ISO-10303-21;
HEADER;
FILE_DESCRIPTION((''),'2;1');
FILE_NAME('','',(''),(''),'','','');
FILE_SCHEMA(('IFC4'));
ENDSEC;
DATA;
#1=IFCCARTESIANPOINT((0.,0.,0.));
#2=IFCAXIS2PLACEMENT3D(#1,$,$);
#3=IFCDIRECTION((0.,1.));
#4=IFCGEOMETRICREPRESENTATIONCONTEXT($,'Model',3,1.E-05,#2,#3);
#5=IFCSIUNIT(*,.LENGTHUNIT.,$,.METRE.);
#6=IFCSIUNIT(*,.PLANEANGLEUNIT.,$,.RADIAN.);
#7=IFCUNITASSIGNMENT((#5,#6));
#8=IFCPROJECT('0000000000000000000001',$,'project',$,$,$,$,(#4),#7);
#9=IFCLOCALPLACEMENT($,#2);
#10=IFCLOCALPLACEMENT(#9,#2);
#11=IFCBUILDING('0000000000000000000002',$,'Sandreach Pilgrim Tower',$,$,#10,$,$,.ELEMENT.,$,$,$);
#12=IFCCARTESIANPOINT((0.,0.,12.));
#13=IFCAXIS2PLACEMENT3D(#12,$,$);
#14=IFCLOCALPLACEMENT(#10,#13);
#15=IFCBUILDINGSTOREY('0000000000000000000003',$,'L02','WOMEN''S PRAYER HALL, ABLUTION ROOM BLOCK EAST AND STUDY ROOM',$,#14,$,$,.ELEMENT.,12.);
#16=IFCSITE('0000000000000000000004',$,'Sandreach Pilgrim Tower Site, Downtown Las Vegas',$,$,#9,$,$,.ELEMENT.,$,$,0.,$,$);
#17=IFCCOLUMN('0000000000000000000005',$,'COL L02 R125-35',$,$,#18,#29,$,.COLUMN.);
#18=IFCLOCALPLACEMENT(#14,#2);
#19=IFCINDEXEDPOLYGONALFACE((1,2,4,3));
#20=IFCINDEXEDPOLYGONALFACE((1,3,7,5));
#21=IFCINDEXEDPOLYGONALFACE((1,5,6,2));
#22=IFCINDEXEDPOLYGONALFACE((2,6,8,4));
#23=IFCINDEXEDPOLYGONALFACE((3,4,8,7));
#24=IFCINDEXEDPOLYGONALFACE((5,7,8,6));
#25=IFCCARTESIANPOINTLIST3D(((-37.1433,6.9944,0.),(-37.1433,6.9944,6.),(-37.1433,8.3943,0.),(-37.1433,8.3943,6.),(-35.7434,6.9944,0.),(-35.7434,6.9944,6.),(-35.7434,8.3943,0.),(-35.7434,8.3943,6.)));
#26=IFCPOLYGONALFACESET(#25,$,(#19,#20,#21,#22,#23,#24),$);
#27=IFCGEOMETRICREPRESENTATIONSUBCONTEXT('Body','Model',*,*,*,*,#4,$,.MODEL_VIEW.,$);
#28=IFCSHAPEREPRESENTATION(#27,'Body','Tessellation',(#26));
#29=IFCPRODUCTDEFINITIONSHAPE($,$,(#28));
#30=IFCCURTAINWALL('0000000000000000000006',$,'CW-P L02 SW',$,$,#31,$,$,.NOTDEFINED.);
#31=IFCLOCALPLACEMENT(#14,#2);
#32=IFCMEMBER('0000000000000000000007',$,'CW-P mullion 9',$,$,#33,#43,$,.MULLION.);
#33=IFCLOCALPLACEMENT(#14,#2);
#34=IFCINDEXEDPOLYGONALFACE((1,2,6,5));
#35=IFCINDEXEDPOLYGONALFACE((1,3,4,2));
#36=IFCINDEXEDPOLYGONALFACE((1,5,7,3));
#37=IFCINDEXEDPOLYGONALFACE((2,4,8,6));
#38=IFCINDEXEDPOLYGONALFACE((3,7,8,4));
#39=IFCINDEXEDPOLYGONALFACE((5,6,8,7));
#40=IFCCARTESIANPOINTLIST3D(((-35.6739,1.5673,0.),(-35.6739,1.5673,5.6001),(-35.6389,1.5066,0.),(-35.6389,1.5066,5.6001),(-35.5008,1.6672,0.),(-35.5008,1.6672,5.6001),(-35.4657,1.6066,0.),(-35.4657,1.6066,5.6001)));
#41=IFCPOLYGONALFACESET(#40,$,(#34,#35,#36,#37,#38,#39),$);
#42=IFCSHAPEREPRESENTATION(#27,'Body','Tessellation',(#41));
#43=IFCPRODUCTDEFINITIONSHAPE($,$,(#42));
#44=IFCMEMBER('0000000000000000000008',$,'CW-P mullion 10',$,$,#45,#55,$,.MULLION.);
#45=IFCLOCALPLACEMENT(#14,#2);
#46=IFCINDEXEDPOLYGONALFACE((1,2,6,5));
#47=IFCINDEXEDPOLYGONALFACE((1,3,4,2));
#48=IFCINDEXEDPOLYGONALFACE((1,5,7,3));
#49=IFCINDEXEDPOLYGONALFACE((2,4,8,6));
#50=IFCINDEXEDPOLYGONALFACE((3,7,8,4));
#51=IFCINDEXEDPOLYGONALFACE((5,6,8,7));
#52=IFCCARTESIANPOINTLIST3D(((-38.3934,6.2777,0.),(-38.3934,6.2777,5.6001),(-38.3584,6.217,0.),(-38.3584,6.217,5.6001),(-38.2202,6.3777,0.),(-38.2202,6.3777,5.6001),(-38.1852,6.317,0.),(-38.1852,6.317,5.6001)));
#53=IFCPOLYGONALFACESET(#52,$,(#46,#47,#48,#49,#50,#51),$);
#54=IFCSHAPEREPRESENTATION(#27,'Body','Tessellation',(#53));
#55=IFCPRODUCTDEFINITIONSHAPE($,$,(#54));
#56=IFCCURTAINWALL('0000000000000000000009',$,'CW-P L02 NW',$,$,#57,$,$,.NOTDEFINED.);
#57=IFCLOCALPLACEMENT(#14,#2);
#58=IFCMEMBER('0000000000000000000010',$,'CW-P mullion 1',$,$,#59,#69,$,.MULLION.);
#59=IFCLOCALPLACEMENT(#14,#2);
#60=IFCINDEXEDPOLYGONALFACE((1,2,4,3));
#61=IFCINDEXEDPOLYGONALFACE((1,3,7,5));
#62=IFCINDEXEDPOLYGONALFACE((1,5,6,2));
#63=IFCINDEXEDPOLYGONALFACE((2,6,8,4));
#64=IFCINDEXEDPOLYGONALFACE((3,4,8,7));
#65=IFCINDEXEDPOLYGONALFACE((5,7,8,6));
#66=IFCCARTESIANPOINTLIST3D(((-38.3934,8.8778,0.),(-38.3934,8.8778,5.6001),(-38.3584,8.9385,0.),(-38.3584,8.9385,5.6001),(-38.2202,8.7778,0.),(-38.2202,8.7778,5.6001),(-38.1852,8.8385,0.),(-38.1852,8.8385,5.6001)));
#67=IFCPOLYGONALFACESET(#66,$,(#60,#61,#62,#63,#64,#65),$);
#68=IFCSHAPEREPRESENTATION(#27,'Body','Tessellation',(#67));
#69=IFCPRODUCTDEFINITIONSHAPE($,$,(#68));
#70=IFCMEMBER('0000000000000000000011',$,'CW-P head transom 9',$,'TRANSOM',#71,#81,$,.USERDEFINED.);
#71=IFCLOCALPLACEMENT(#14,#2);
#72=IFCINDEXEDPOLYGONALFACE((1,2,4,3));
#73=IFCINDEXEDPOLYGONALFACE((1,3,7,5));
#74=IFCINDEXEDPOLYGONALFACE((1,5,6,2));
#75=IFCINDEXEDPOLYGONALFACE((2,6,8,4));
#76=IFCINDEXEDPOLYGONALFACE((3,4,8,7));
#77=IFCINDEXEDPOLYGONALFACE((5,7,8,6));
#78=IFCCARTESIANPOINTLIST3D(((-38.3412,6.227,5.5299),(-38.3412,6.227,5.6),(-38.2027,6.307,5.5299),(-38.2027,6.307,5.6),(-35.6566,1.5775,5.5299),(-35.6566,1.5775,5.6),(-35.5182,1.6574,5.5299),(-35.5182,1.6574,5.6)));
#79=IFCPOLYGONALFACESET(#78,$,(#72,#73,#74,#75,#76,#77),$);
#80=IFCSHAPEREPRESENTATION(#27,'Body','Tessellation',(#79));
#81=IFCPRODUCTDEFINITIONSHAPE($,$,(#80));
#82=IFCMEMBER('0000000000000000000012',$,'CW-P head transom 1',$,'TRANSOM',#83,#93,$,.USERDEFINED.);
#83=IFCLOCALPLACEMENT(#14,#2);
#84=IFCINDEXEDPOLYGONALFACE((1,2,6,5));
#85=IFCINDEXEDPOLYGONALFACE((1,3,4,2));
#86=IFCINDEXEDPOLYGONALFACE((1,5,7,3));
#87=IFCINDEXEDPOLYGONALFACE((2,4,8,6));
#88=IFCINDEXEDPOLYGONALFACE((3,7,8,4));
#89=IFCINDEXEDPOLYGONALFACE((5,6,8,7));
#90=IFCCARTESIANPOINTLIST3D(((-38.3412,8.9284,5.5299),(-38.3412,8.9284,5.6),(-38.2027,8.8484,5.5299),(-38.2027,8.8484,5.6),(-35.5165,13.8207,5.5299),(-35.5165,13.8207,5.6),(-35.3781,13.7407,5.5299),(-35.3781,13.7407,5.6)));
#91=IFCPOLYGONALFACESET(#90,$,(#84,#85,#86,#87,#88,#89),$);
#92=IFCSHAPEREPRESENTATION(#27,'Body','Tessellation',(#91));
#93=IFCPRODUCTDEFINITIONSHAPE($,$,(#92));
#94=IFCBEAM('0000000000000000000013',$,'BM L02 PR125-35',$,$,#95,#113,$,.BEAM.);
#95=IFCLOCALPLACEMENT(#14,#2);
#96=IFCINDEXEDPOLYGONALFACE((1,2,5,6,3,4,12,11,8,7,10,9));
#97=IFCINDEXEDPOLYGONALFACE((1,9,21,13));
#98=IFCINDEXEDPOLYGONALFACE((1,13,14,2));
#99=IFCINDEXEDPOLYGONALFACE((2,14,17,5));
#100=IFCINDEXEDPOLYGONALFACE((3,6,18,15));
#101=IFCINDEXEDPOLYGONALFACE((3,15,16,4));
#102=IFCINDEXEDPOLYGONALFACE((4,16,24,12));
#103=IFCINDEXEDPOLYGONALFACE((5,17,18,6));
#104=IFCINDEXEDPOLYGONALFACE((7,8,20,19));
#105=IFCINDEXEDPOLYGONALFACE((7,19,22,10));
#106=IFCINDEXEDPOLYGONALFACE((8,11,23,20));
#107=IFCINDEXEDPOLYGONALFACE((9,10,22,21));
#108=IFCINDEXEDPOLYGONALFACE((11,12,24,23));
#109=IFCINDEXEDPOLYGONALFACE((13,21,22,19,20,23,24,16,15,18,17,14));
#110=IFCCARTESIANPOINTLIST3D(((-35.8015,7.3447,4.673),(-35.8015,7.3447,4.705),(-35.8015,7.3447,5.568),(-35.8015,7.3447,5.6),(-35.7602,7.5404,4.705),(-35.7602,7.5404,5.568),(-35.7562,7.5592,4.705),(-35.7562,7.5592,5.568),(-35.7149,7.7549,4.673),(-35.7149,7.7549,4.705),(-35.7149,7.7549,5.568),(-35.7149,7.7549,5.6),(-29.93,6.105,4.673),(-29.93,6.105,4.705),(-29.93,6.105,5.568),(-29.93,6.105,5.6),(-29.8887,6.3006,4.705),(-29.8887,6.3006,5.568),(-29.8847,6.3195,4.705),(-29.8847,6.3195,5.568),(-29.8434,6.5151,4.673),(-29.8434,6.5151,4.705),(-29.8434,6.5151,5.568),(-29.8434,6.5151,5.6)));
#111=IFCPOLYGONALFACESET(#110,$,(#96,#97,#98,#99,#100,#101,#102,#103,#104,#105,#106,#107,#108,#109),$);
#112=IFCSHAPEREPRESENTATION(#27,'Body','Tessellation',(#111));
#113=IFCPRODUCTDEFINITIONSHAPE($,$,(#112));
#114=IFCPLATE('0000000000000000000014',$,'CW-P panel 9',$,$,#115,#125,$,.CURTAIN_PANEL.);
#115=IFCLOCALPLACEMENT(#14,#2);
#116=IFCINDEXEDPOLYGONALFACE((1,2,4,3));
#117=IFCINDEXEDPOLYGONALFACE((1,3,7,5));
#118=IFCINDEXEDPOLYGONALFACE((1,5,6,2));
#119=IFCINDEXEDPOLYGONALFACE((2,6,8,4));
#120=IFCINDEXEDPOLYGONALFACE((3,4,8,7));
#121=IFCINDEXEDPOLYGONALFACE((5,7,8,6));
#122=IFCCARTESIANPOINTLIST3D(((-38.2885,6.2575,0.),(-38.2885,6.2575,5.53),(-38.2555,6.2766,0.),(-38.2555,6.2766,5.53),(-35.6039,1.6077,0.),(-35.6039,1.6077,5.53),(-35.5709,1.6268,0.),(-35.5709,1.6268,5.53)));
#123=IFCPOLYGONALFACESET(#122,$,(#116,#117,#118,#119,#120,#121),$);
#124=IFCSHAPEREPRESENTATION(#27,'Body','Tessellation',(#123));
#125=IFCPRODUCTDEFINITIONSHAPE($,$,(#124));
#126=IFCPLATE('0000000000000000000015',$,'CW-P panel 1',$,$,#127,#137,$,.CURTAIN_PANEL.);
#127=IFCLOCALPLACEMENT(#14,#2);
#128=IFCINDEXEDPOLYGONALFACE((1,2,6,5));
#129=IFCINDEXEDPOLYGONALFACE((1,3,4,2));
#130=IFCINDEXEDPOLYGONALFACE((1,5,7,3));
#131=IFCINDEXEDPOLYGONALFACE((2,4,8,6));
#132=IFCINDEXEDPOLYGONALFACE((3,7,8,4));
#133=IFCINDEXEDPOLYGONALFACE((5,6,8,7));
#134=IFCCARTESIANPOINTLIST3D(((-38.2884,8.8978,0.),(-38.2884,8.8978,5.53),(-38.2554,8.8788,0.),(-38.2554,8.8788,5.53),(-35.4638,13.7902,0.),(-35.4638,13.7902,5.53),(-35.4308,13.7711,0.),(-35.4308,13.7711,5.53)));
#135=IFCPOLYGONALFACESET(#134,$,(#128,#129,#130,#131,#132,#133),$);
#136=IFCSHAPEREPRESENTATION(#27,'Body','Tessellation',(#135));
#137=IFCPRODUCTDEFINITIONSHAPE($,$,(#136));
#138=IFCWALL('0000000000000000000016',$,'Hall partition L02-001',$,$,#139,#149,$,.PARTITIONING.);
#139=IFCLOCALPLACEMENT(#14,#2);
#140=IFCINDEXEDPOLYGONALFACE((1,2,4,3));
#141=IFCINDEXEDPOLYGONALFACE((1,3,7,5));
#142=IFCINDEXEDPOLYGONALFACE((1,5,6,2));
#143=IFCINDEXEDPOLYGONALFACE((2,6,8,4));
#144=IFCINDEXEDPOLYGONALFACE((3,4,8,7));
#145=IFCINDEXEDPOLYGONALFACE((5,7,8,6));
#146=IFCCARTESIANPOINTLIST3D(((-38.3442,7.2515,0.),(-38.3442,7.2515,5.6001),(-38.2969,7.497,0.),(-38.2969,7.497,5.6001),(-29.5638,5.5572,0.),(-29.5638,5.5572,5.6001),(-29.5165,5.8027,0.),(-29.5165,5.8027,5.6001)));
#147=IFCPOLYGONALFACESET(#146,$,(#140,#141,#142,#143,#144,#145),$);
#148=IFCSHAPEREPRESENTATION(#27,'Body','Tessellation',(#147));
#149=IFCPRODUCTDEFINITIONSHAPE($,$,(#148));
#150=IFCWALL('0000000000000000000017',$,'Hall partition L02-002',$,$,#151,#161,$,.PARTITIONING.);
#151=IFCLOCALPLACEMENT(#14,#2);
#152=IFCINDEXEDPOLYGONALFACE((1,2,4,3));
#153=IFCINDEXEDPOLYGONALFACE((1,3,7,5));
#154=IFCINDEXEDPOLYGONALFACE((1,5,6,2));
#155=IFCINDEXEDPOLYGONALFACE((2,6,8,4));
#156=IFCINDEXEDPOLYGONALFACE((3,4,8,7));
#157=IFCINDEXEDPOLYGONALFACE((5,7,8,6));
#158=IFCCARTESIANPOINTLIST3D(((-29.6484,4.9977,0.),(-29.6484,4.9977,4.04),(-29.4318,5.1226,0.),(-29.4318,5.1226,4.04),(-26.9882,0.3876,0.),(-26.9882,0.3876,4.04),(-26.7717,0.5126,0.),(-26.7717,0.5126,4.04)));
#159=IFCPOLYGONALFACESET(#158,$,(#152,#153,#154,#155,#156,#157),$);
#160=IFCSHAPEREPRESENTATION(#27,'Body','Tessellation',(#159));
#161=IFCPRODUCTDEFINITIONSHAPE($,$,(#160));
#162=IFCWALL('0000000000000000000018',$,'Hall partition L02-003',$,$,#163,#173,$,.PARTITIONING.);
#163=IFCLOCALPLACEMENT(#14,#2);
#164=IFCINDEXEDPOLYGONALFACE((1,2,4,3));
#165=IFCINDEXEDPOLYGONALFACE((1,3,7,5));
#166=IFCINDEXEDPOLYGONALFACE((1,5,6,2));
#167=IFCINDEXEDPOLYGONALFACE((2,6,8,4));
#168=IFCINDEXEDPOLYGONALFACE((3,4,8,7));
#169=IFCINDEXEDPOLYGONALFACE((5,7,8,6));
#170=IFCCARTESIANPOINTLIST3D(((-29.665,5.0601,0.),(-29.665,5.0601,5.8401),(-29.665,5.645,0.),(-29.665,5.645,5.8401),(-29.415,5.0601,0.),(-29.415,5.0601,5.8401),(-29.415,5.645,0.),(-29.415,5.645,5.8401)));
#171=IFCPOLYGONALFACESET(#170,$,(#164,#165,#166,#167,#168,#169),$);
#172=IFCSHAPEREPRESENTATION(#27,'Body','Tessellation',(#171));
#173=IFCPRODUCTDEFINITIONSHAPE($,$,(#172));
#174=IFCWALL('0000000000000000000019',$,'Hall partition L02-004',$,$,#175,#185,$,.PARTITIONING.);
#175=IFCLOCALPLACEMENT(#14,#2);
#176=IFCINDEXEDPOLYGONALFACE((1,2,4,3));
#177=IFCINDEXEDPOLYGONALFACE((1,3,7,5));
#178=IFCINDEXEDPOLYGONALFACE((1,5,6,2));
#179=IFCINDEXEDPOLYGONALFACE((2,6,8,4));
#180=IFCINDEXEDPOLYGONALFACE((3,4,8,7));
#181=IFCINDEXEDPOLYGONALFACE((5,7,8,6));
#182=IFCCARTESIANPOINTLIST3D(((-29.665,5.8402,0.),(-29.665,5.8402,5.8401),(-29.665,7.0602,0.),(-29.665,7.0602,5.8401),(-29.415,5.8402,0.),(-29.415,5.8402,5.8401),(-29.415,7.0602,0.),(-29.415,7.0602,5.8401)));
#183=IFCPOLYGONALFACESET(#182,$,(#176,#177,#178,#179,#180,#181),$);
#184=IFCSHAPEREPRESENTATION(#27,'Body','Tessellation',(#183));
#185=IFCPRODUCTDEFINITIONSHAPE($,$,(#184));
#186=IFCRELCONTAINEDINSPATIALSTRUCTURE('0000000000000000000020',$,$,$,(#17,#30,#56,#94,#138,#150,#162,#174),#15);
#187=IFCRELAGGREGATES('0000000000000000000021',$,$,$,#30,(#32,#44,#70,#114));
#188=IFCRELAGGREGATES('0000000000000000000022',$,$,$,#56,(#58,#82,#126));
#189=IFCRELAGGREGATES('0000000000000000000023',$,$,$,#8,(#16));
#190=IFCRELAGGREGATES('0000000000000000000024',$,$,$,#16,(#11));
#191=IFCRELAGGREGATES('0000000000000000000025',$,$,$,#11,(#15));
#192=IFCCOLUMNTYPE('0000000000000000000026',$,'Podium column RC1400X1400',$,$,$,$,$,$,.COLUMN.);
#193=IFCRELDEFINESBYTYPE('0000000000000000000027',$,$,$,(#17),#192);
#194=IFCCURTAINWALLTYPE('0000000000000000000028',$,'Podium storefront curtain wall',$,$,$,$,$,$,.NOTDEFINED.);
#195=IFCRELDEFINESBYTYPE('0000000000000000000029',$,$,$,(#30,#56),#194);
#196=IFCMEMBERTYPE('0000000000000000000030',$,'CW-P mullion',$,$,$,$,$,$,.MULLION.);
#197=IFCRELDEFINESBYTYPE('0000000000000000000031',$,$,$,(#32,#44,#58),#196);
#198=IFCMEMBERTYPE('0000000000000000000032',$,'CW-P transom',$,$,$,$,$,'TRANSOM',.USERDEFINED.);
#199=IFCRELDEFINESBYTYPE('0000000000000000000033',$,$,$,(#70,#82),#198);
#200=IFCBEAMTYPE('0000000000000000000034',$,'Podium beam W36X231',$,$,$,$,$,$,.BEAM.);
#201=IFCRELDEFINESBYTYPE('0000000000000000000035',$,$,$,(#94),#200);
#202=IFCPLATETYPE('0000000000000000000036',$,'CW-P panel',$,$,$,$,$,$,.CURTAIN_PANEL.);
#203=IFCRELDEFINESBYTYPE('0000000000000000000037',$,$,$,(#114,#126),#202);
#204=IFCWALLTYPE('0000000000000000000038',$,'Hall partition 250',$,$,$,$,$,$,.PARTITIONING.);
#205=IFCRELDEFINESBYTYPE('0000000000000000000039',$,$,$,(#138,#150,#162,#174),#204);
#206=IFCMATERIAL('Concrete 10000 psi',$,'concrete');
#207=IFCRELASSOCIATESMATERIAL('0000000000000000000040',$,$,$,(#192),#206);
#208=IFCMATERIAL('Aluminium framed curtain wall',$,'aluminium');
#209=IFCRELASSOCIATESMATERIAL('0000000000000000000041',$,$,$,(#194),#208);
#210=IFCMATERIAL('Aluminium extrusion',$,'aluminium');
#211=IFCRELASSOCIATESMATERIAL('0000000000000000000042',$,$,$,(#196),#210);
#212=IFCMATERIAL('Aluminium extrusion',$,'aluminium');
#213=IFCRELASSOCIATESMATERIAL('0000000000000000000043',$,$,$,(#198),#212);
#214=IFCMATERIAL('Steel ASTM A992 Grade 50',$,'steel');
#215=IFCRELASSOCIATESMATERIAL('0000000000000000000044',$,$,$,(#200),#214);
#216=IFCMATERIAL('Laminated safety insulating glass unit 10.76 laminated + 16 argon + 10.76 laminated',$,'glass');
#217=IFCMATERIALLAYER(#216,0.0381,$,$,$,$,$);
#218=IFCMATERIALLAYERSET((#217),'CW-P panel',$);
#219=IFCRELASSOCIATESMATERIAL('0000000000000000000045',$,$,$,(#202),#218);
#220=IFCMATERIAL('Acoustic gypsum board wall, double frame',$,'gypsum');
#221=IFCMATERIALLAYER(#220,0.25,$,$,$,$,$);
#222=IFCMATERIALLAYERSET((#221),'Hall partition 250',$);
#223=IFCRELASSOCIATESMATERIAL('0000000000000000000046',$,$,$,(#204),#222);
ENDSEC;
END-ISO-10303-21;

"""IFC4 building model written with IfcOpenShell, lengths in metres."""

from ifc_helpers import new_model, si_unit, direction, frame, frame_2d, origin, origin_2d, place, context, subcontext, project, spatial, rectangle, i_section, extrude, material, layer, layer_set, material_profile, profile_set, type_object, element, aggregate, save


model = new_model("IFC4")

# Units and contexts
model_context = context("Model", 3, precision=1e-05, world=origin(), true_north=direction((0.0, 1.0)))
body_context = subcontext(model_context, "Body", "Model", "MODEL_VIEW")
ifc_project = project(units=[si_unit("LENGTHUNIT", "METRE"), si_unit("PLANEANGLEUNIT", "RADIAN")], contexts=[model_context])

# Site, building, storey
site_placement = place(None, origin())
site = spatial("IfcSite", under=ifc_project, at=site_placement, Name="Sandreach Pilgrim Tower Site, Downtown Las Vegas", CompositionType="ELEMENT", RefElevation=0.0)
building_placement = place(site_placement, origin())
building = spatial("IfcBuilding", under=site, at=building_placement, Name="Sandreach Pilgrim Tower", CompositionType="ELEMENT")
storey_placement = place(building_placement, frame((0.0, 0.0, 12.0)))
storey = spatial("IfcBuildingStorey", under=building, at=storey_placement, Name="L02", Description="WOMEN'S PRAYER HALL, ABLUTION ROOM BLOCK EAST AND STUDY ROOM", CompositionType="ELEMENT", Elevation=12.0)

# Column
ifc_material_1 = material(Name="Concrete 10000 psi", Category="concrete")
ifc_material_profile_1 = material_profile(ifc_material_1, rectangle(XDim=1.3999, YDim=1.3999, at=origin_2d()), Name="RC1400X1400")
ifc_profile_set_1 = profile_set([ifc_material_profile_1], Name="Concrete 10000 psi")
column_type = type_object("IfcColumnType", Name="Podium column RC1400X1400", PredefinedType="COLUMN", material=ifc_profile_set_1)
column_placement = place(storey_placement, frame((-36.4434, 7.6943, 0.0), z_axis=(0.0, 0.0, 1.0), x_axis=(-1.0, 0.0, 0.0)))
element("IfcColumn", 1, at=column_placement, inside=storey, type_object=column_type, Name="COL L02 R125-35", PredefinedType="COLUMN", context=body_context, shape_type="SweptSolid", body=[
    extrude(rectangle(XDim=1.3999, YDim=1.3999, at=origin_2d()), origin(), (0.0, 0.0, 1.0), 6.0),
])

# Curtain wall, members
ifc_material_2 = material(Name="Aluminium framed curtain wall", Category="aluminium")
curtain_wall_type = type_object("IfcCurtainWallType", Name="Podium storefront curtain wall", PredefinedType="NOTDEFINED", material=ifc_material_2)
curtain_wall_1_placement = place(storey_placement, origin())
curtain_wall_1 = element("IfcCurtainWall", 2, at=curtain_wall_1_placement, inside=storey, type_object=curtain_wall_type, Name="CW-P L02 SW", PredefinedType="NOTDEFINED")
ifc_material_3 = material(Name="Aluminium extrusion", Category="aluminium")
ifc_material_profile_2 = material_profile(ifc_material_3, rectangle(XDim=0.0701, YDim=0.2, at=origin_2d()), Name="CW-PM 70X200")
ifc_profile_set_2 = profile_set([ifc_material_profile_2], Name="Aluminium extrusion")
member_type_1 = type_object("IfcMemberType", Name="CW-P mullion", PredefinedType="MULLION", material=ifc_profile_set_2)
member_1_placement = place(storey_placement, frame((-35.5698, 1.5869, 0.0), z_axis=(0.0, 0.0, 1.0), x_axis=(-0.5, 0.866025, 0.0)))
member_1 = element("IfcMember", 3, at=member_1_placement, type_object=member_type_1, Name="CW-P mullion 9", PredefinedType="MULLION", context=body_context, shape_type="SweptSolid", body=[
    extrude(rectangle(XDim=0.0701, YDim=0.2, at=origin_2d()), origin(), (0.0, 0.0, 1.0), 5.6001),
])
member_2_placement = place(storey_placement, frame((-38.2893, 6.2974, 0.0), z_axis=(0.0, 0.0, 1.0), x_axis=(-0.5, 0.866025, 0.0)))
member_2 = element("IfcMember", 4, at=member_2_placement, type_object=member_type_1, Name="CW-P mullion 10", PredefinedType="MULLION", context=body_context, shape_type="SweptSolid", body=[
    extrude(rectangle(XDim=0.0701, YDim=0.2, at=origin_2d()), origin(), (0.0, 0.0, 1.0), 5.6001),
])

# Curtain wall, member
curtain_wall_2_placement = place(storey_placement, origin())
curtain_wall_2 = element("IfcCurtainWall", 5, at=curtain_wall_2_placement, inside=storey, type_object=curtain_wall_type, Name="CW-P L02 NW", PredefinedType="NOTDEFINED")
member_3_placement = place(storey_placement, frame((-38.2893, 8.8582, 0.0), z_axis=(0.0, 0.0, 1.0), x_axis=(0.5, 0.866025, 0.0)))
member_3 = element("IfcMember", 6, at=member_3_placement, type_object=member_type_1, Name="CW-P mullion 1", PredefinedType="MULLION", context=body_context, shape_type="SweptSolid", body=[
    extrude(rectangle(XDim=0.0701, YDim=0.2, at=origin_2d()), origin(), (0.0, 0.0, 1.0), 5.6001),
])

# Members
ifc_material_4 = material(Name="Aluminium extrusion", Category="aluminium")
ifc_material_profile_3 = material_profile(ifc_material_4, rectangle(XDim=0.1599, YDim=0.0701, at=origin_2d()), Name="CW-PT 160X70")
ifc_profile_set_3 = profile_set([ifc_material_profile_3], Name="Aluminium extrusion")
member_type_2 = type_object("IfcMemberType", Name="CW-P transom", ElementType="TRANSOM", PredefinedType="USERDEFINED", material=ifc_profile_set_3)
member_4_placement = place(storey_placement, frame((-35.5874, 1.6174, 5.5649), z_axis=(-0.500012, 0.866018, 0.0), x_axis=(-0.866018, -0.500012, 0.0)))
member_4 = element("IfcMember", 7, at=member_4_placement, type_object=member_type_2, Name="CW-P head transom 9", ObjectType="TRANSOM", PredefinedType="USERDEFINED", context=body_context, shape_type="SweptSolid", body=[
    extrude(rectangle(XDim=0.1599, YDim=0.0701, at=origin_2d()), origin(), (0.0, 0.0, 1.0), 5.3689),
])
member_5_placement = place(storey_placement, frame((-38.272, 8.8884, 5.5649), z_axis=(0.500015, 0.866016, 0.0), x_axis=(-0.866016, 0.500015, 0.0)))
member_5 = element("IfcMember", 8, at=member_5_placement, type_object=member_type_2, Name="CW-P head transom 1", ObjectType="TRANSOM", PredefinedType="USERDEFINED", context=body_context, shape_type="SweptSolid", body=[
    extrude(rectangle(XDim=0.1599, YDim=0.0701, at=origin_2d()), origin(), (0.0, 0.0, 1.0), 5.6492),
])

# Beam
ifc_material_5 = material(Name="Steel ASTM A992 Grade 50", Category="steel")
ifc_material_profile_4 = material_profile(ifc_material_5, i_section(OverallWidth=0.4192, OverallDepth=0.927, WebThickness=0.0193, FlangeThickness=0.032, at=origin_2d()), Name="W36X231")
ifc_profile_set_4 = profile_set([ifc_material_profile_4], Name="Steel ASTM A992 Grade 50")
beam_type = type_object("IfcBeamType", Name="Podium beam W36X231", PredefinedType="BEAM", material=ifc_profile_set_4)
beam_placement = place(storey_placement, frame((-29.8867, 6.3101, 5.1365), z_axis=(-0.978428, 0.206589, 0.0), x_axis=(-0.206589, -0.978428, 0.0)))
element("IfcBeam", 9, at=beam_placement, inside=storey, type_object=beam_type, Name="BM L02 PR125-35", PredefinedType="BEAM", context=body_context, shape_type="SweptSolid", body=[
    extrude(i_section(OverallWidth=0.4192, OverallDepth=0.927, WebThickness=0.0193, FlangeThickness=0.032, at=origin_2d()), origin(), (0.0, 0.0, 1.0), 6.001),
])

# Plates
ifc_material_6 = material(Name="Laminated safety insulating glass unit 10.76 laminated + 16 argon + 10.76 laminated", Category="glass")
ifc_layer_1 = layer(ifc_material_6, 0.0381)
ifc_layer_set_1 = layer_set([ifc_layer_1], Name="CW-P panel")
plate_type = type_object("IfcPlateType", Name="CW-P panel", PredefinedType="CURTAIN_PANEL", material=ifc_layer_set_1)
plate_1_placement = place(storey_placement, frame((-36.9297, 3.9421, 0.0), z_axis=(0.0, 0.0, 1.0), x_axis=(-0.5, 0.866025, 0.0)))
plate_1 = element("IfcPlate", 10, at=plate_1_placement, type_object=plate_type, Name="CW-P panel 9", PredefinedType="CURTAIN_PANEL", context=body_context, shape_type="SweptSolid", body=[
    extrude(rectangle(XDim=5.3691, YDim=0.0381, at=origin_2d()), origin(), (0.0, 0.0, 1.0), 5.53),
])
aggregate(curtain_wall_1, [member_1, member_2, member_4, plate_1])
plate_2_placement = place(storey_placement, frame((-36.8596, 11.3345, 0.0), z_axis=(0.0, 0.0, 1.0), x_axis=(0.5, 0.866025, 0.0)))
plate_2 = element("IfcPlate", 11, at=plate_2_placement, type_object=plate_type, Name="CW-P panel 1", PredefinedType="CURTAIN_PANEL", context=body_context, shape_type="SweptSolid", body=[
    extrude(rectangle(XDim=5.6492, YDim=0.0381, at=origin_2d()), origin(), (0.0, 0.0, 1.0), 5.53),
])
aggregate(curtain_wall_2, [member_3, member_5, plate_2])

# Walls
ifc_material_7 = material(Name="Acoustic gypsum board wall, double frame", Category="gypsum")
ifc_layer_2 = layer(ifc_material_7, 0.25)
ifc_layer_set_2 = layer_set([ifc_layer_2], Name="Hall partition 250")
wall_type_1 = type_object("IfcWallType", Name="Hall partition 250", PredefinedType="PARTITIONING", material=ifc_layer_set_2)
wall_1_placement = place(storey_placement, frame((-38.3206, 7.3743, 0.0), z_axis=(0.0, 0.0, 1.0), x_axis=(0.981886, -0.18947, 0.0)))
element("IfcWall", 12, at=wall_1_placement, inside=storey, type_object=wall_type_1, Name="Hall partition L02-001", PredefinedType="PARTITIONING", context=body_context, shape_type="SweptSolid", body=[
    extrude(rectangle(XDim=8.9424, YDim=0.25, at=frame_2d((4.4712, 0.0))), origin(), (0.0, 0.0, 1.0), 5.6001),
])
wall_2_placement = place(storey_placement, frame((-29.54, 5.0601, 0.0), z_axis=(0.0, 0.0, 1.0), x_axis=(0.49979, -0.866147, 0.0)))
element("IfcWall", 13, at=wall_2_placement, inside=storey, type_object=wall_type_1, Name="Hall partition L02-002", PredefinedType="PARTITIONING", context=body_context, shape_type="SweptSolid", body=[
    extrude(rectangle(XDim=5.3225, YDim=0.25, at=frame_2d((2.6611, 0.0))), origin(), (0.0, 0.0, 1.0), 4.04),
])
wall_3_placement = place(storey_placement, frame((-29.54, 5.645, 0.0), z_axis=(0.0, 0.0, 1.0), x_axis=(0.0, -1.0, 0.0)))
element("IfcWall", 14, at=wall_3_placement, inside=storey, type_object=wall_type_1, Name="Hall partition L02-003", PredefinedType="PARTITIONING", context=body_context, shape_type="SweptSolid", body=[
    extrude(rectangle(XDim=0.585, YDim=0.25, at=frame_2d((0.2925, 0.0))), origin(), (0.0, 0.0, 1.0), 5.8401),
])
wall_4_placement = place(storey_placement, frame((-29.54, 7.0601, 0.0), z_axis=(0.0, 0.0, 1.0), x_axis=(0.0, -1.0, 0.0)))
element("IfcWall", 15, at=wall_4_placement, inside=storey, type_object=wall_type_1, Name="Hall partition L02-004", PredefinedType="PARTITIONING", context=body_context, shape_type="SweptSolid", body=[
    extrude(rectangle(XDim=1.22, YDim=0.25, at=frame_2d((0.6099, 0.0))), origin(), (0.0, 0.0, 1.0), 5.8401),
])

save(model, "model.ifc")
